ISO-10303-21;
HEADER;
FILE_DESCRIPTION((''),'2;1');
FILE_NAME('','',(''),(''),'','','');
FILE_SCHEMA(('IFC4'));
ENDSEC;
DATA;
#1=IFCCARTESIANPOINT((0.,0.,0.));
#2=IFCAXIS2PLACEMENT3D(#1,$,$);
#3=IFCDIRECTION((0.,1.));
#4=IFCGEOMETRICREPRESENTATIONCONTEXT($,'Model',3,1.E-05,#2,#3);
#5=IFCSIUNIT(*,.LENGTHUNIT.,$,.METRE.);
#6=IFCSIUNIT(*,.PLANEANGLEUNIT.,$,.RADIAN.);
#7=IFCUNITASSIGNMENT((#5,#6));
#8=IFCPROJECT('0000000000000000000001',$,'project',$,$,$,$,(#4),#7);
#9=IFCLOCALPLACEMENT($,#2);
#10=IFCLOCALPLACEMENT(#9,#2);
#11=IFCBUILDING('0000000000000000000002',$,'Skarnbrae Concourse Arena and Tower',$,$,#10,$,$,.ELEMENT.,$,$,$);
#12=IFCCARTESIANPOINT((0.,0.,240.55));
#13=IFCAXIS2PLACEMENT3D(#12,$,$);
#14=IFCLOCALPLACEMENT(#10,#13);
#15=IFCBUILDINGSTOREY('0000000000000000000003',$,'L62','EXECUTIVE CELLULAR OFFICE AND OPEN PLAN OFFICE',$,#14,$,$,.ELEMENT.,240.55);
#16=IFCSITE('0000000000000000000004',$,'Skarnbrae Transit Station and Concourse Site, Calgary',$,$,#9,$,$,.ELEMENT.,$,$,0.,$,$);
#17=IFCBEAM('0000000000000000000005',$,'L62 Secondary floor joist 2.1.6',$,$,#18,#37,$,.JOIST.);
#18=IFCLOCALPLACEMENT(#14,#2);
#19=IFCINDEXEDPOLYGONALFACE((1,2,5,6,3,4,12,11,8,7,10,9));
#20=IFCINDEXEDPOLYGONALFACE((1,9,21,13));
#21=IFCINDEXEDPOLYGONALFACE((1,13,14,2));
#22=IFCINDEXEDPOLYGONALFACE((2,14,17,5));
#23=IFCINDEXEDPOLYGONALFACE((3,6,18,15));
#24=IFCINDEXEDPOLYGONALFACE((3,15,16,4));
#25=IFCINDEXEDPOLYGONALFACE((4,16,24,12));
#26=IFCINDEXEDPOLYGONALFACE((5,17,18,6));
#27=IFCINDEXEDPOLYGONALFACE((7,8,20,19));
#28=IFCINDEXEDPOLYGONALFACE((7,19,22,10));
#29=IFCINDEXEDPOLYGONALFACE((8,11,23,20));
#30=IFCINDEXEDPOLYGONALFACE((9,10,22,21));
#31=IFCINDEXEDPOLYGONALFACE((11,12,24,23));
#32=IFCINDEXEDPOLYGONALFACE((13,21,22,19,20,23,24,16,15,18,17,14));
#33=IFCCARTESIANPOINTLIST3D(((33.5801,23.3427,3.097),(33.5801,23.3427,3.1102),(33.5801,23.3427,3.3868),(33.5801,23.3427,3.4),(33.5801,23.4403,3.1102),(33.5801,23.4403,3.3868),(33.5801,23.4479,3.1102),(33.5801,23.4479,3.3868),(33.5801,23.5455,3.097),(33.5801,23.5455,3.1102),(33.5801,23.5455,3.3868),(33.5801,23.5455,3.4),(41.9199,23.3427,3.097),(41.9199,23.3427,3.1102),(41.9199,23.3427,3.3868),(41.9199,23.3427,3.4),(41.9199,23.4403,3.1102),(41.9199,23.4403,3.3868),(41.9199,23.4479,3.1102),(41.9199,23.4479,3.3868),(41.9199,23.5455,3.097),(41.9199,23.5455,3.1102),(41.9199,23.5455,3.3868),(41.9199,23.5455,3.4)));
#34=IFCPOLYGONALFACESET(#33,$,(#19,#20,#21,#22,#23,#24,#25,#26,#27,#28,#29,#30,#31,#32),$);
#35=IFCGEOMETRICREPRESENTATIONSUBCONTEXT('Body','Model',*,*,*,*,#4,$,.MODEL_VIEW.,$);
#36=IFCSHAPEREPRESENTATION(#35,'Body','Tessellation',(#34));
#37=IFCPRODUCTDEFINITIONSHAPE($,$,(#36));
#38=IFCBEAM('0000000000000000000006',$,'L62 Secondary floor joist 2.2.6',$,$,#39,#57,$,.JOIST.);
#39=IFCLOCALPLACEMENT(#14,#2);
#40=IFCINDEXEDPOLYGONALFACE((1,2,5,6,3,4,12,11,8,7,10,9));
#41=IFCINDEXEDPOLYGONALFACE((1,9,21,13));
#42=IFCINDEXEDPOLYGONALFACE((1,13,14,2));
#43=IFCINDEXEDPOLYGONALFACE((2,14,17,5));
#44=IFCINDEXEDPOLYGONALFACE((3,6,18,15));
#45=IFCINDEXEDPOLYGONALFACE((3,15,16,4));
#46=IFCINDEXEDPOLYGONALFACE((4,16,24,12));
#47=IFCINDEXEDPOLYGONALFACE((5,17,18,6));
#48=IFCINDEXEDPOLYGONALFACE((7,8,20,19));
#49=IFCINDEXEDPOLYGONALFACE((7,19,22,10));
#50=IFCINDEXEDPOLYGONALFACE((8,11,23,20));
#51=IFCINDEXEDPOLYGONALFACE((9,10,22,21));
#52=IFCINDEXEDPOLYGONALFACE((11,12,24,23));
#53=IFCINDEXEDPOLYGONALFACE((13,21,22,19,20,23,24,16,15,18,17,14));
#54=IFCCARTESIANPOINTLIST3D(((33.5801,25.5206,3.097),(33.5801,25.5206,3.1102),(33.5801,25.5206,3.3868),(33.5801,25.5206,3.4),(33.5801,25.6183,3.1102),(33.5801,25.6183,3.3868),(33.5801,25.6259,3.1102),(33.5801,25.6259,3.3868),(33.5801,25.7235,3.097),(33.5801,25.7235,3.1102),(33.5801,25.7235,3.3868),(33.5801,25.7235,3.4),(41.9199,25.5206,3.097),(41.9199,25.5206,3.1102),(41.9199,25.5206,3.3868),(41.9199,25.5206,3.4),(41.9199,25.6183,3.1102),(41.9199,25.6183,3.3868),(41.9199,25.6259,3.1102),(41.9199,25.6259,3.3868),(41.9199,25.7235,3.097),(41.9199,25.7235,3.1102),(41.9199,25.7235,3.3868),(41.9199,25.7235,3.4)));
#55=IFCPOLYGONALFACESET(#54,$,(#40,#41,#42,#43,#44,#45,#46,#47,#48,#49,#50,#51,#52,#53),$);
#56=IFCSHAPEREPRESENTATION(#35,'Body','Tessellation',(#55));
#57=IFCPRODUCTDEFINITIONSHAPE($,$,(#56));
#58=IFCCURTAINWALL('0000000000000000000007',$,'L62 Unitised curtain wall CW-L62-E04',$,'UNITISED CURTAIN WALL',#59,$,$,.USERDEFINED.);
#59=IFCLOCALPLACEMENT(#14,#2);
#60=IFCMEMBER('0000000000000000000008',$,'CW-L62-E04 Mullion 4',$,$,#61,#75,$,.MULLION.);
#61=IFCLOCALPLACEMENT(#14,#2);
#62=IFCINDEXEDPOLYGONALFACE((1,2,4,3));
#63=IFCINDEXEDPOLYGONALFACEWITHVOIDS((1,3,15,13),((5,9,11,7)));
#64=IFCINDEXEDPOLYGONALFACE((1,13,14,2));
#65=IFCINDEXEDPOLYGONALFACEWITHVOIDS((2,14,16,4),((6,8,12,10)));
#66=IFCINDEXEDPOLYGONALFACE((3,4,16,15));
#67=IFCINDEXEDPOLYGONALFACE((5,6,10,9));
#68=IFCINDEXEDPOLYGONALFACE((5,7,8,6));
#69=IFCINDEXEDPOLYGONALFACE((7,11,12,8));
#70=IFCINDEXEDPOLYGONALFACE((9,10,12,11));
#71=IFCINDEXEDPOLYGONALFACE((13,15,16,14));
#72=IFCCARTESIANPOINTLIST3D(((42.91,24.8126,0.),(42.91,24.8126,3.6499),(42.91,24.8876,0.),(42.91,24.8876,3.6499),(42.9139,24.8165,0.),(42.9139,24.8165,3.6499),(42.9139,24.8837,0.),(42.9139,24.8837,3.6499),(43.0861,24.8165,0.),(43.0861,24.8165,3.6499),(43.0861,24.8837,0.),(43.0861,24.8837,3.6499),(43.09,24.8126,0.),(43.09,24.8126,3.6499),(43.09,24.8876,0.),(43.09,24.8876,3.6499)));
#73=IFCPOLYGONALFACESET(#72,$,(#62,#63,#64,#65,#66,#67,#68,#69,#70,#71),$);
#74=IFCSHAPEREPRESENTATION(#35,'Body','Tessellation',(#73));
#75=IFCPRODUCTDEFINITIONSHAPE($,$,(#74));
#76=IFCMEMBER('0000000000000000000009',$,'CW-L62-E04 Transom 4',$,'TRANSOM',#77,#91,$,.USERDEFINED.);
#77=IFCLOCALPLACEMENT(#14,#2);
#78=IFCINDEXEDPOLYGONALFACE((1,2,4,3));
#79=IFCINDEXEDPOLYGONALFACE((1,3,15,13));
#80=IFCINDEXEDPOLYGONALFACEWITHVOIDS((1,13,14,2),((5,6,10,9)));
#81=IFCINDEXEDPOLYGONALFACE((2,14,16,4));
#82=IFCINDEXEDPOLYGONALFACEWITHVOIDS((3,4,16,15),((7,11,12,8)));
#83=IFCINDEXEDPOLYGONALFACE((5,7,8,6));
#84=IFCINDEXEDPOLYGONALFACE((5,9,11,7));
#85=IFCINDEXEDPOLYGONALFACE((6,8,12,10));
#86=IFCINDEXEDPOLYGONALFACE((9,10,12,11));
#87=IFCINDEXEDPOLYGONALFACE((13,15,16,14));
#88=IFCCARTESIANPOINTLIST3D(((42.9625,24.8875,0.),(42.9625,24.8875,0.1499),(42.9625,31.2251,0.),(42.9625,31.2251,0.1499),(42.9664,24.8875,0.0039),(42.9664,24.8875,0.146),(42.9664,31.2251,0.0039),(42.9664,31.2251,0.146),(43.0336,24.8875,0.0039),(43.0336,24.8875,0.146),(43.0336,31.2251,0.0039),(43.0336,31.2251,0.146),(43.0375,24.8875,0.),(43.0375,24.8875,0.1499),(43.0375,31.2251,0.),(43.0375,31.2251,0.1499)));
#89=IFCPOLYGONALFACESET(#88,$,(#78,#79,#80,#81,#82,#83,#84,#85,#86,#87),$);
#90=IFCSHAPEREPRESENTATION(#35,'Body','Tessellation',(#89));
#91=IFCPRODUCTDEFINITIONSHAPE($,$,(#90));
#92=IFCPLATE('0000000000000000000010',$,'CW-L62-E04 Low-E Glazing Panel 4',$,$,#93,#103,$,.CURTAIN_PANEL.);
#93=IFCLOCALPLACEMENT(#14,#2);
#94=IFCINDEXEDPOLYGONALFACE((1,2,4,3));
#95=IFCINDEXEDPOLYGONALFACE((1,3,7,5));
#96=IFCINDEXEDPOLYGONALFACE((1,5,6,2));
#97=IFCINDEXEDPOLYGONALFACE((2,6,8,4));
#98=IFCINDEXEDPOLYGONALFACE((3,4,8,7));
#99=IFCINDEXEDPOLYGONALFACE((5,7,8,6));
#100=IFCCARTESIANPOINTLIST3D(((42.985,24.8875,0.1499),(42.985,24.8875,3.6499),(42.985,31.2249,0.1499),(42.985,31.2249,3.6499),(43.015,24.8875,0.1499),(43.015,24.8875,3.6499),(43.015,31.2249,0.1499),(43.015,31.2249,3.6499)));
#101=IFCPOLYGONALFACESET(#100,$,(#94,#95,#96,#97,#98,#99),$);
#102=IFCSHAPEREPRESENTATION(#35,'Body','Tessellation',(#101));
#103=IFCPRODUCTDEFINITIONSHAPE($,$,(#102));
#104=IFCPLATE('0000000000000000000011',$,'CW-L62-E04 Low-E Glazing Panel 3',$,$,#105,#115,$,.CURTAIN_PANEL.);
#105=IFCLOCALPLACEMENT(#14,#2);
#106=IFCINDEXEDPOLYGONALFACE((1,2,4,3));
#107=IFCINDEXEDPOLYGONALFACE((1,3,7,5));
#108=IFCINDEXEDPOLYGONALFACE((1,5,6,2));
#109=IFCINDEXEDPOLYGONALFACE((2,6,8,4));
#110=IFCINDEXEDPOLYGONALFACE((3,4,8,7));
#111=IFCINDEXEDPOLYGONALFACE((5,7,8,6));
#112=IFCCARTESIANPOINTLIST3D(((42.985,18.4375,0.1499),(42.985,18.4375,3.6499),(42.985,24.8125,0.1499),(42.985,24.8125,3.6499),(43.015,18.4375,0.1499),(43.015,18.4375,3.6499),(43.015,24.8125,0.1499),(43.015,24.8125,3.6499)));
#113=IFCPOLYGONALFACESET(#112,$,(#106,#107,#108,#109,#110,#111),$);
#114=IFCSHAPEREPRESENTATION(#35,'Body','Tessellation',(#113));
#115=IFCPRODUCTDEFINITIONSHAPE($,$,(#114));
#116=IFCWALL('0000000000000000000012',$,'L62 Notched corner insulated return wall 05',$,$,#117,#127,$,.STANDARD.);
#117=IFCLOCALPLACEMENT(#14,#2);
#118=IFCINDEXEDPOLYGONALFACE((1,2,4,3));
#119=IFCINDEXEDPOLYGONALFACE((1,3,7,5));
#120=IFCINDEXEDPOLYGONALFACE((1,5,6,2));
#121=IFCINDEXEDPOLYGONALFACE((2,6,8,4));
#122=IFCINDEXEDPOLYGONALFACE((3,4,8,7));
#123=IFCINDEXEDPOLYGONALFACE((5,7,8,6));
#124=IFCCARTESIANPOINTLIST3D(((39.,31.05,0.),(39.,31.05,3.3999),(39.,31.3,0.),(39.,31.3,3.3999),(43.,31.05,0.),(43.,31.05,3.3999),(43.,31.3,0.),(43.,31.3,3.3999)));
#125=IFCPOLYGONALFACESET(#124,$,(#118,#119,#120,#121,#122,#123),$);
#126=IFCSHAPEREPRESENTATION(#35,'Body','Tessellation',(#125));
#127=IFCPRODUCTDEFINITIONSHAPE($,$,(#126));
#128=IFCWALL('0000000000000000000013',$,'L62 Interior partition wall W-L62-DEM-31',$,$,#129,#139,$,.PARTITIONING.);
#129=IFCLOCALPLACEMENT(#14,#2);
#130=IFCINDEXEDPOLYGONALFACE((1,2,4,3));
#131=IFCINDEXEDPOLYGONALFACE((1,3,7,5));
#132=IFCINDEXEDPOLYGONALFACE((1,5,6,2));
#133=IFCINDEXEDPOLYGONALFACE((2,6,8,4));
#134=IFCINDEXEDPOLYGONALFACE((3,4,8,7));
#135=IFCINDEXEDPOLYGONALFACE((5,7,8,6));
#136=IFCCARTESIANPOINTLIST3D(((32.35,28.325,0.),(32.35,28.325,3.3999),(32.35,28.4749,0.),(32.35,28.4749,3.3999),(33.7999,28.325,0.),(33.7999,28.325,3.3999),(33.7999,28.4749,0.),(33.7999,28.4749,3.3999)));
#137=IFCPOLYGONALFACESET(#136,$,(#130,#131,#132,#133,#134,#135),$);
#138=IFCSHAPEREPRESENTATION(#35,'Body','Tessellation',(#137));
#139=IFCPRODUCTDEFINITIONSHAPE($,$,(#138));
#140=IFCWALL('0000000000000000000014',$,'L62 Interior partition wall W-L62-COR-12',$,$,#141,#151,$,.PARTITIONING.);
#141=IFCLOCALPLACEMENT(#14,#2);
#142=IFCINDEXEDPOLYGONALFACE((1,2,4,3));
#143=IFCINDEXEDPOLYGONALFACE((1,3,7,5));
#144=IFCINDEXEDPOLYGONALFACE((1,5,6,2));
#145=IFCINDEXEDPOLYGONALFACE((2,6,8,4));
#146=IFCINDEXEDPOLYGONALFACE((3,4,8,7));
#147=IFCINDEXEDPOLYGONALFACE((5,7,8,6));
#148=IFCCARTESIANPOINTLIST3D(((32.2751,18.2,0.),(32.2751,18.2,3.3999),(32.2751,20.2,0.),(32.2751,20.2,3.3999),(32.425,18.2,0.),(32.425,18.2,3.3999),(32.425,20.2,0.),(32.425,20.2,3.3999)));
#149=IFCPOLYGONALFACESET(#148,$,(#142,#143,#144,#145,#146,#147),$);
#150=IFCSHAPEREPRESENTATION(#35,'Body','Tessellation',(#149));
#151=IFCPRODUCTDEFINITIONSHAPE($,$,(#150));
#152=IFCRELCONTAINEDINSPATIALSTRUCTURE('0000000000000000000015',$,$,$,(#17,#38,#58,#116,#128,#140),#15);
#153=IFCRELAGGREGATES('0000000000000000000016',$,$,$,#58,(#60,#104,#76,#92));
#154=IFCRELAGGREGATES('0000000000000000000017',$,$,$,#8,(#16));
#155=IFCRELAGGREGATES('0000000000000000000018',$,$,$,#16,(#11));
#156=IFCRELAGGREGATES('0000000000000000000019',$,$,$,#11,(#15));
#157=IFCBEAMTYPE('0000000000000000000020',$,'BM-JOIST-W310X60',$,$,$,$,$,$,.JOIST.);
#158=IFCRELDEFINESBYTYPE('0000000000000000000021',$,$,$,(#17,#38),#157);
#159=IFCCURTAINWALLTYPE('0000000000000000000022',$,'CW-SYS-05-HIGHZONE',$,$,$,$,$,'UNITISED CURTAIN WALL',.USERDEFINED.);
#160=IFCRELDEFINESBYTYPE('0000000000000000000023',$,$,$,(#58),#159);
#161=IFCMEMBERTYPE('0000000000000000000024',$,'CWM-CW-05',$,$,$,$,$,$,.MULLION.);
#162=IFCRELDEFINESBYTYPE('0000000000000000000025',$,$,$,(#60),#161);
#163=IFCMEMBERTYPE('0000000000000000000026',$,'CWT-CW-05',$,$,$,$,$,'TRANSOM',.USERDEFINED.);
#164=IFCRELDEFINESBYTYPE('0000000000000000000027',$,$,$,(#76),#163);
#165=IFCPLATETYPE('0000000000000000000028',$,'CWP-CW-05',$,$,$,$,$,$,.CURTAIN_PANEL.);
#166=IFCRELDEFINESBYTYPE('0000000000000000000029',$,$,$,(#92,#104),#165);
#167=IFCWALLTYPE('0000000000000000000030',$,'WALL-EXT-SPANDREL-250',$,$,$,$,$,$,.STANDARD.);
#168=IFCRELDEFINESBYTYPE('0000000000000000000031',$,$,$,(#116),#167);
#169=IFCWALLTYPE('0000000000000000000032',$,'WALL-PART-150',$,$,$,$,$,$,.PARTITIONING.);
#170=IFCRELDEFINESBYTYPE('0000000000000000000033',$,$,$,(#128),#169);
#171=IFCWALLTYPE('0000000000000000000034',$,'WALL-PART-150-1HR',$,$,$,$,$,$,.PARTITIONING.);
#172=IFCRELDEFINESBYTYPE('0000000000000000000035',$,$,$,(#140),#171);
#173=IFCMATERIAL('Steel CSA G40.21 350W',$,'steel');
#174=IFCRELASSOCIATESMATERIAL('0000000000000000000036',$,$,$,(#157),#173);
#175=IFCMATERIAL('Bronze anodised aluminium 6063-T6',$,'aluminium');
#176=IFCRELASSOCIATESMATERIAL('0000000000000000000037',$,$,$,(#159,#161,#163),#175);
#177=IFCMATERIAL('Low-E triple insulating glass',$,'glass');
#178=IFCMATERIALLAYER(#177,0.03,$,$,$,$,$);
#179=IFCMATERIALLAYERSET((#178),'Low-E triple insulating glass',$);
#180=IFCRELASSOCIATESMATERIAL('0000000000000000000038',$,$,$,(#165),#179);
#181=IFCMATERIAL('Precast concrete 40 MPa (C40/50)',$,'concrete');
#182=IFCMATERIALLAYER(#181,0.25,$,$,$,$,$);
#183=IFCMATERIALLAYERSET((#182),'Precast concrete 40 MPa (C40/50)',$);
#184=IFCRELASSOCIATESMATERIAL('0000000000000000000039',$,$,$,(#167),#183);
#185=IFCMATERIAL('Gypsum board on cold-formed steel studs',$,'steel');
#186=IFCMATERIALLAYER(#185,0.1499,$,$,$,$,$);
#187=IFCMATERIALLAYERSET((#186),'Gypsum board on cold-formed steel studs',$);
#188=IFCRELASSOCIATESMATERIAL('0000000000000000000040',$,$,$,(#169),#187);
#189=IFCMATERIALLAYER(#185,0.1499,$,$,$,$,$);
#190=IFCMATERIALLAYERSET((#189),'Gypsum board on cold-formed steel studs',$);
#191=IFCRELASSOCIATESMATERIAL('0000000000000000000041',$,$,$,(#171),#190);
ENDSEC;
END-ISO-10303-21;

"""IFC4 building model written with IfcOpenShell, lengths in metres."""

from ifc_helpers import new_model, si_unit, direction, frame, frame_2d, origin, origin_2d, place, context, subcontext, project, spatial, rectangle, hollow_rectangle, i_section, extrude, source, transform, mapped, material, layer, layer_set, material_profile, profile_set, type_object, element, aggregate, save


model = new_model("IFC4")

# Units and contexts
model_context = context("Model", 3, precision=1e-05, world=origin(), true_north=direction((0.0, 1.0)))
body_context = subcontext(model_context, "Body", "Model", "MODEL_VIEW")
ifc_project = project(units=[si_unit("LENGTHUNIT", "METRE"), si_unit("PLANEANGLEUNIT", "RADIAN")], contexts=[model_context])

# Site, building, storey
site_placement = place(None, origin())
site = spatial("IfcSite", under=ifc_project, at=site_placement, Name="Skarnbrae Transit Station and Concourse Site, Calgary", CompositionType="ELEMENT", RefElevation=0.0)
building_placement = place(site_placement, origin())
building = spatial("IfcBuilding", under=site, at=building_placement, Name="Skarnbrae Concourse Arena and Tower", CompositionType="ELEMENT")
storey_placement = place(building_placement, frame((0.0, 0.0, 240.55)))
storey = spatial("IfcBuildingStorey", under=building, at=storey_placement, Name="L62", Description="EXECUTIVE CELLULAR OFFICE AND OPEN PLAN OFFICE", CompositionType="ELEMENT", Elevation=240.55)

# Shared definitions
ifc_material_1 = material(Name="Steel CSA G40.21 350W", Category="steel")

# Beams
ifc_material_profile_1 = material_profile(ifc_material_1, i_section(OverallWidth=0.2029, OverallDepth=0.303, WebThickness=0.0076, FlangeThickness=0.0132, at=origin_2d()), Name="W310X60")
ifc_profile_set_1 = profile_set([ifc_material_profile_1], Name="Steel CSA G40.21 350W")
beam_type_1 = type_object("IfcBeamType", Name="BM-JOIST-W310X60", PredefinedType="JOIST", material=ifc_profile_set_1)
shared_shape_1 = source(origin(), body_context, "Body", "SweptSolid", [
    extrude(i_section(OverallWidth=0.2029, OverallDepth=0.303, WebThickness=0.0076, FlangeThickness=0.0132, at=origin_2d()), origin(), (0.0, 0.0, 1.0), 8.3398),
])
for number, where, z_axis, x_axis, name in (
    (1, (33.5801, 23.4441, 3.2485), (1.0, 0.0, 0.0), (0.0, 1.0, 0.0), "L62 Secondary floor joist 2.1.6"),
    (2, (33.5801, 25.6221, 3.2485), (1.0, 0.0, 0.0), (0.0, 1.0, 0.0), "L62 Secondary floor joist 2.2.6"),
):
    element("IfcBeam", number, at=place(storey_placement, frame(where, z_axis=z_axis, x_axis=x_axis)), inside=storey, type_object=beam_type_1, Name=name, PredefinedType="JOIST", context=body_context, shape_type="MappedRepresentation", body=[
        mapped(shared_shape_1, transform((0.0, 0.0, 0.0))),
    ])

# Curtain wall, members, plates
ifc_material_2 = material(Name="Bronze anodised aluminium 6063-T6", Category="aluminium")
curtain_wall_type = type_object("IfcCurtainWallType", Name="CW-SYS-05-HIGHZONE", ElementType="UNITISED CURTAIN WALL", PredefinedType="USERDEFINED", material=ifc_material_2)
curtain_wall_placement = place(storey_placement, origin())
curtain_wall = element("IfcCurtainWall", 3, at=curtain_wall_placement, inside=storey, type_object=curtain_wall_type, Name="L62 Unitised curtain wall CW-L62-E04", ObjectType="UNITISED CURTAIN WALL", PredefinedType="USERDEFINED")
ifc_material_profile_2 = material_profile(ifc_material_2, hollow_rectangle(XDim=0.075, YDim=0.1799, WallThickness=0.0039, at=origin_2d()), Name="ALU-MULL-75X180")
ifc_profile_set_2 = profile_set([ifc_material_profile_2], Name="Bronze anodised aluminium 6063-T6")
member_type_1 = type_object("IfcMemberType", Name="CWM-CW-05", PredefinedType="MULLION", material=ifc_profile_set_2)
shared_shape_2 = source(origin(), body_context, "Body", "SweptSolid", [
    extrude(hollow_rectangle(XDim=0.075, YDim=0.1799, WallThickness=0.0039, at=origin_2d()), origin(), (0.0, 0.0, 1.0), 3.6499),
])
member_1_placement = place(storey_placement, frame((43.0, 24.8501, 0.0), z_axis=(0.0, 0.0, 1.0), x_axis=(0.0, 1.0, 0.0)))
member_1 = element("IfcMember", 4, at=member_1_placement, type_object=member_type_1, Name="CW-L62-E04 Mullion 4", PredefinedType="MULLION", context=body_context, shape_type="MappedRepresentation", body=[
    mapped(shared_shape_2, transform((0.0, 0.0, 0.0))),
])
ifc_material_profile_3 = material_profile(ifc_material_2, hollow_rectangle(XDim=0.075, YDim=0.1499, WallThickness=0.0039, at=origin_2d()), Name="ALU-TRAN-75X150")
ifc_profile_set_3 = profile_set([ifc_material_profile_3], Name="Bronze anodised aluminium 6063-T6")
member_type_2 = type_object("IfcMemberType", Name="CWT-CW-05", ElementType="TRANSOM", PredefinedType="USERDEFINED", material=ifc_profile_set_3)
shared_shape_3 = source(origin(), body_context, "Body", "SweptSolid", [
    extrude(hollow_rectangle(XDim=0.075, YDim=0.1499, WallThickness=0.0039, at=origin_2d()), origin(), (0.0, 0.0, 1.0), 6.3376),
])
member_2_placement = place(storey_placement, frame((43.0, 24.8875, 0.075), z_axis=(0.0, 1.0, 0.0), x_axis=(-1.0, 0.0, 0.0)))
member_2 = element("IfcMember", 5, at=member_2_placement, type_object=member_type_2, Name="CW-L62-E04 Transom 4", ObjectType="TRANSOM", PredefinedType="USERDEFINED", context=body_context, shape_type="MappedRepresentation", body=[
    mapped(shared_shape_3, transform((0.0, 0.0, 0.0))),
])
ifc_material_3 = material(Name="Low-E triple insulating glass", Category="glass")
ifc_layer_1 = layer(ifc_material_3, 0.03)
ifc_layer_set_1 = layer_set([ifc_layer_1], Name="Low-E triple insulating glass")
plate_type = type_object("IfcPlateType", Name="CWP-CW-05", PredefinedType="CURTAIN_PANEL", material=ifc_layer_set_1)
shared_shape_4 = source(origin(), body_context, "Body", "SweptSolid", [
    extrude(rectangle(XDim=6.3374, YDim=0.03, at=origin_2d()), origin(), (0.0, 0.0, 1.0), 3.5),
])
plate_1_placement = place(storey_placement, frame((43.0, 28.0562, 0.1499), z_axis=(0.0, 0.0, 1.0), x_axis=(0.0, 1.0, 0.0)))
plate_1 = element("IfcPlate", 6, at=plate_1_placement, type_object=plate_type, Name="CW-L62-E04 Low-E Glazing Panel 4", PredefinedType="CURTAIN_PANEL", context=body_context, shape_type="MappedRepresentation", body=[
    mapped(shared_shape_4, transform((0.0, 0.0, 0.0))),
])
shared_shape_5 = source(origin(), body_context, "Body", "SweptSolid", [
    extrude(rectangle(XDim=6.375, YDim=0.03, at=origin_2d()), origin(), (0.0, 0.0, 1.0), 3.5),
])
plate_2_placement = place(storey_placement, frame((43.0, 21.625, 0.1499), z_axis=(0.0, 0.0, 1.0), x_axis=(0.0, 1.0, 0.0)))
plate_2 = element("IfcPlate", 7, at=plate_2_placement, type_object=plate_type, Name="CW-L62-E04 Low-E Glazing Panel 3", PredefinedType="CURTAIN_PANEL", context=body_context, shape_type="MappedRepresentation", body=[
    mapped(shared_shape_5, transform((0.0, 0.0, 0.0))),
])
aggregate(curtain_wall, [member_1, plate_2, member_2, plate_1])

# Walls
ifc_material_4 = material(Name="Precast concrete 40 MPa (C40/50)", Category="concrete")
ifc_layer_2 = layer(ifc_material_4, 0.25)
ifc_layer_set_2 = layer_set([ifc_layer_2], Name="Precast concrete 40 MPa (C40/50)")
wall_type_1 = type_object("IfcWallType", Name="WALL-EXT-SPANDREL-250", PredefinedType="STANDARD", material=ifc_layer_set_2)
shared_shape_6 = source(origin(), body_context, "Body", "SweptSolid", [
    extrude(rectangle(XDim=4.0, YDim=0.25, at=frame_2d((2.0, 0.0))), origin(), (0.0, 0.0, 1.0), 3.3999),
])
wall_1_placement = place(storey_placement, frame((43.0, 31.175, 0.0), z_axis=(0.0, 0.0, 1.0), x_axis=(-1.0, 0.0, 0.0)))
element("IfcWall", 8, at=wall_1_placement, inside=storey, type_object=wall_type_1, Name="L62 Notched corner insulated return wall 05", PredefinedType="STANDARD", context=body_context, shape_type="MappedRepresentation", body=[
    mapped(shared_shape_6, transform((0.0, 0.0, 0.0))),
])
ifc_material_5 = material(Name="Gypsum board on cold-formed steel studs", Category="steel")
ifc_layer_3 = layer(ifc_material_5, 0.1499)
ifc_layer_set_3 = layer_set([ifc_layer_3], Name="Gypsum board on cold-formed steel studs")
wall_type_2 = type_object("IfcWallType", Name="WALL-PART-150", PredefinedType="PARTITIONING", material=ifc_layer_set_3)
shared_shape_7 = source(origin(), body_context, "Body", "SweptSolid", [
    extrude(rectangle(XDim=1.45, YDim=0.1499, at=frame_2d((0.7251, 0.0))), origin(), (0.0, 0.0, 1.0), 3.3999),
])
wall_2_placement = place(storey_placement, frame((33.8, 28.3999, 0.0), z_axis=(0.0, 0.0, 1.0), x_axis=(-1.0, 0.0, 0.0)))
element("IfcWall", 9, at=wall_2_placement, inside=storey, type_object=wall_type_2, Name="L62 Interior partition wall W-L62-DEM-31", PredefinedType="PARTITIONING", context=body_context, shape_type="MappedRepresentation", body=[
    mapped(shared_shape_7, transform((0.0, 0.0, 0.0))),
])
ifc_layer_4 = layer(ifc_material_5, 0.1499)
ifc_layer_set_4 = layer_set([ifc_layer_4], Name="Gypsum board on cold-formed steel studs")
wall_type_3 = type_object("IfcWallType", Name="WALL-PART-150-1HR", PredefinedType="PARTITIONING", material=ifc_layer_set_4)
shared_shape_8 = source(origin(), body_context, "Body", "SweptSolid", [
    extrude(rectangle(XDim=2.0, YDim=0.1499, at=frame_2d((1.0, 0.0))), origin(), (0.0, 0.0, 1.0), 3.3999),
])
wall_3_placement = place(storey_placement, frame((32.3501, 20.2, 0.0), z_axis=(0.0, 0.0, 1.0), x_axis=(0.0, -1.0, 0.0)))
element("IfcWall", 10, at=wall_3_placement, inside=storey, type_object=wall_type_3, Name="L62 Interior partition wall W-L62-COR-12", PredefinedType="PARTITIONING", context=body_context, shape_type="MappedRepresentation", body=[
    mapped(shared_shape_8, transform((0.0, 0.0, 0.0))),
])

save(model, "model.ifc")
